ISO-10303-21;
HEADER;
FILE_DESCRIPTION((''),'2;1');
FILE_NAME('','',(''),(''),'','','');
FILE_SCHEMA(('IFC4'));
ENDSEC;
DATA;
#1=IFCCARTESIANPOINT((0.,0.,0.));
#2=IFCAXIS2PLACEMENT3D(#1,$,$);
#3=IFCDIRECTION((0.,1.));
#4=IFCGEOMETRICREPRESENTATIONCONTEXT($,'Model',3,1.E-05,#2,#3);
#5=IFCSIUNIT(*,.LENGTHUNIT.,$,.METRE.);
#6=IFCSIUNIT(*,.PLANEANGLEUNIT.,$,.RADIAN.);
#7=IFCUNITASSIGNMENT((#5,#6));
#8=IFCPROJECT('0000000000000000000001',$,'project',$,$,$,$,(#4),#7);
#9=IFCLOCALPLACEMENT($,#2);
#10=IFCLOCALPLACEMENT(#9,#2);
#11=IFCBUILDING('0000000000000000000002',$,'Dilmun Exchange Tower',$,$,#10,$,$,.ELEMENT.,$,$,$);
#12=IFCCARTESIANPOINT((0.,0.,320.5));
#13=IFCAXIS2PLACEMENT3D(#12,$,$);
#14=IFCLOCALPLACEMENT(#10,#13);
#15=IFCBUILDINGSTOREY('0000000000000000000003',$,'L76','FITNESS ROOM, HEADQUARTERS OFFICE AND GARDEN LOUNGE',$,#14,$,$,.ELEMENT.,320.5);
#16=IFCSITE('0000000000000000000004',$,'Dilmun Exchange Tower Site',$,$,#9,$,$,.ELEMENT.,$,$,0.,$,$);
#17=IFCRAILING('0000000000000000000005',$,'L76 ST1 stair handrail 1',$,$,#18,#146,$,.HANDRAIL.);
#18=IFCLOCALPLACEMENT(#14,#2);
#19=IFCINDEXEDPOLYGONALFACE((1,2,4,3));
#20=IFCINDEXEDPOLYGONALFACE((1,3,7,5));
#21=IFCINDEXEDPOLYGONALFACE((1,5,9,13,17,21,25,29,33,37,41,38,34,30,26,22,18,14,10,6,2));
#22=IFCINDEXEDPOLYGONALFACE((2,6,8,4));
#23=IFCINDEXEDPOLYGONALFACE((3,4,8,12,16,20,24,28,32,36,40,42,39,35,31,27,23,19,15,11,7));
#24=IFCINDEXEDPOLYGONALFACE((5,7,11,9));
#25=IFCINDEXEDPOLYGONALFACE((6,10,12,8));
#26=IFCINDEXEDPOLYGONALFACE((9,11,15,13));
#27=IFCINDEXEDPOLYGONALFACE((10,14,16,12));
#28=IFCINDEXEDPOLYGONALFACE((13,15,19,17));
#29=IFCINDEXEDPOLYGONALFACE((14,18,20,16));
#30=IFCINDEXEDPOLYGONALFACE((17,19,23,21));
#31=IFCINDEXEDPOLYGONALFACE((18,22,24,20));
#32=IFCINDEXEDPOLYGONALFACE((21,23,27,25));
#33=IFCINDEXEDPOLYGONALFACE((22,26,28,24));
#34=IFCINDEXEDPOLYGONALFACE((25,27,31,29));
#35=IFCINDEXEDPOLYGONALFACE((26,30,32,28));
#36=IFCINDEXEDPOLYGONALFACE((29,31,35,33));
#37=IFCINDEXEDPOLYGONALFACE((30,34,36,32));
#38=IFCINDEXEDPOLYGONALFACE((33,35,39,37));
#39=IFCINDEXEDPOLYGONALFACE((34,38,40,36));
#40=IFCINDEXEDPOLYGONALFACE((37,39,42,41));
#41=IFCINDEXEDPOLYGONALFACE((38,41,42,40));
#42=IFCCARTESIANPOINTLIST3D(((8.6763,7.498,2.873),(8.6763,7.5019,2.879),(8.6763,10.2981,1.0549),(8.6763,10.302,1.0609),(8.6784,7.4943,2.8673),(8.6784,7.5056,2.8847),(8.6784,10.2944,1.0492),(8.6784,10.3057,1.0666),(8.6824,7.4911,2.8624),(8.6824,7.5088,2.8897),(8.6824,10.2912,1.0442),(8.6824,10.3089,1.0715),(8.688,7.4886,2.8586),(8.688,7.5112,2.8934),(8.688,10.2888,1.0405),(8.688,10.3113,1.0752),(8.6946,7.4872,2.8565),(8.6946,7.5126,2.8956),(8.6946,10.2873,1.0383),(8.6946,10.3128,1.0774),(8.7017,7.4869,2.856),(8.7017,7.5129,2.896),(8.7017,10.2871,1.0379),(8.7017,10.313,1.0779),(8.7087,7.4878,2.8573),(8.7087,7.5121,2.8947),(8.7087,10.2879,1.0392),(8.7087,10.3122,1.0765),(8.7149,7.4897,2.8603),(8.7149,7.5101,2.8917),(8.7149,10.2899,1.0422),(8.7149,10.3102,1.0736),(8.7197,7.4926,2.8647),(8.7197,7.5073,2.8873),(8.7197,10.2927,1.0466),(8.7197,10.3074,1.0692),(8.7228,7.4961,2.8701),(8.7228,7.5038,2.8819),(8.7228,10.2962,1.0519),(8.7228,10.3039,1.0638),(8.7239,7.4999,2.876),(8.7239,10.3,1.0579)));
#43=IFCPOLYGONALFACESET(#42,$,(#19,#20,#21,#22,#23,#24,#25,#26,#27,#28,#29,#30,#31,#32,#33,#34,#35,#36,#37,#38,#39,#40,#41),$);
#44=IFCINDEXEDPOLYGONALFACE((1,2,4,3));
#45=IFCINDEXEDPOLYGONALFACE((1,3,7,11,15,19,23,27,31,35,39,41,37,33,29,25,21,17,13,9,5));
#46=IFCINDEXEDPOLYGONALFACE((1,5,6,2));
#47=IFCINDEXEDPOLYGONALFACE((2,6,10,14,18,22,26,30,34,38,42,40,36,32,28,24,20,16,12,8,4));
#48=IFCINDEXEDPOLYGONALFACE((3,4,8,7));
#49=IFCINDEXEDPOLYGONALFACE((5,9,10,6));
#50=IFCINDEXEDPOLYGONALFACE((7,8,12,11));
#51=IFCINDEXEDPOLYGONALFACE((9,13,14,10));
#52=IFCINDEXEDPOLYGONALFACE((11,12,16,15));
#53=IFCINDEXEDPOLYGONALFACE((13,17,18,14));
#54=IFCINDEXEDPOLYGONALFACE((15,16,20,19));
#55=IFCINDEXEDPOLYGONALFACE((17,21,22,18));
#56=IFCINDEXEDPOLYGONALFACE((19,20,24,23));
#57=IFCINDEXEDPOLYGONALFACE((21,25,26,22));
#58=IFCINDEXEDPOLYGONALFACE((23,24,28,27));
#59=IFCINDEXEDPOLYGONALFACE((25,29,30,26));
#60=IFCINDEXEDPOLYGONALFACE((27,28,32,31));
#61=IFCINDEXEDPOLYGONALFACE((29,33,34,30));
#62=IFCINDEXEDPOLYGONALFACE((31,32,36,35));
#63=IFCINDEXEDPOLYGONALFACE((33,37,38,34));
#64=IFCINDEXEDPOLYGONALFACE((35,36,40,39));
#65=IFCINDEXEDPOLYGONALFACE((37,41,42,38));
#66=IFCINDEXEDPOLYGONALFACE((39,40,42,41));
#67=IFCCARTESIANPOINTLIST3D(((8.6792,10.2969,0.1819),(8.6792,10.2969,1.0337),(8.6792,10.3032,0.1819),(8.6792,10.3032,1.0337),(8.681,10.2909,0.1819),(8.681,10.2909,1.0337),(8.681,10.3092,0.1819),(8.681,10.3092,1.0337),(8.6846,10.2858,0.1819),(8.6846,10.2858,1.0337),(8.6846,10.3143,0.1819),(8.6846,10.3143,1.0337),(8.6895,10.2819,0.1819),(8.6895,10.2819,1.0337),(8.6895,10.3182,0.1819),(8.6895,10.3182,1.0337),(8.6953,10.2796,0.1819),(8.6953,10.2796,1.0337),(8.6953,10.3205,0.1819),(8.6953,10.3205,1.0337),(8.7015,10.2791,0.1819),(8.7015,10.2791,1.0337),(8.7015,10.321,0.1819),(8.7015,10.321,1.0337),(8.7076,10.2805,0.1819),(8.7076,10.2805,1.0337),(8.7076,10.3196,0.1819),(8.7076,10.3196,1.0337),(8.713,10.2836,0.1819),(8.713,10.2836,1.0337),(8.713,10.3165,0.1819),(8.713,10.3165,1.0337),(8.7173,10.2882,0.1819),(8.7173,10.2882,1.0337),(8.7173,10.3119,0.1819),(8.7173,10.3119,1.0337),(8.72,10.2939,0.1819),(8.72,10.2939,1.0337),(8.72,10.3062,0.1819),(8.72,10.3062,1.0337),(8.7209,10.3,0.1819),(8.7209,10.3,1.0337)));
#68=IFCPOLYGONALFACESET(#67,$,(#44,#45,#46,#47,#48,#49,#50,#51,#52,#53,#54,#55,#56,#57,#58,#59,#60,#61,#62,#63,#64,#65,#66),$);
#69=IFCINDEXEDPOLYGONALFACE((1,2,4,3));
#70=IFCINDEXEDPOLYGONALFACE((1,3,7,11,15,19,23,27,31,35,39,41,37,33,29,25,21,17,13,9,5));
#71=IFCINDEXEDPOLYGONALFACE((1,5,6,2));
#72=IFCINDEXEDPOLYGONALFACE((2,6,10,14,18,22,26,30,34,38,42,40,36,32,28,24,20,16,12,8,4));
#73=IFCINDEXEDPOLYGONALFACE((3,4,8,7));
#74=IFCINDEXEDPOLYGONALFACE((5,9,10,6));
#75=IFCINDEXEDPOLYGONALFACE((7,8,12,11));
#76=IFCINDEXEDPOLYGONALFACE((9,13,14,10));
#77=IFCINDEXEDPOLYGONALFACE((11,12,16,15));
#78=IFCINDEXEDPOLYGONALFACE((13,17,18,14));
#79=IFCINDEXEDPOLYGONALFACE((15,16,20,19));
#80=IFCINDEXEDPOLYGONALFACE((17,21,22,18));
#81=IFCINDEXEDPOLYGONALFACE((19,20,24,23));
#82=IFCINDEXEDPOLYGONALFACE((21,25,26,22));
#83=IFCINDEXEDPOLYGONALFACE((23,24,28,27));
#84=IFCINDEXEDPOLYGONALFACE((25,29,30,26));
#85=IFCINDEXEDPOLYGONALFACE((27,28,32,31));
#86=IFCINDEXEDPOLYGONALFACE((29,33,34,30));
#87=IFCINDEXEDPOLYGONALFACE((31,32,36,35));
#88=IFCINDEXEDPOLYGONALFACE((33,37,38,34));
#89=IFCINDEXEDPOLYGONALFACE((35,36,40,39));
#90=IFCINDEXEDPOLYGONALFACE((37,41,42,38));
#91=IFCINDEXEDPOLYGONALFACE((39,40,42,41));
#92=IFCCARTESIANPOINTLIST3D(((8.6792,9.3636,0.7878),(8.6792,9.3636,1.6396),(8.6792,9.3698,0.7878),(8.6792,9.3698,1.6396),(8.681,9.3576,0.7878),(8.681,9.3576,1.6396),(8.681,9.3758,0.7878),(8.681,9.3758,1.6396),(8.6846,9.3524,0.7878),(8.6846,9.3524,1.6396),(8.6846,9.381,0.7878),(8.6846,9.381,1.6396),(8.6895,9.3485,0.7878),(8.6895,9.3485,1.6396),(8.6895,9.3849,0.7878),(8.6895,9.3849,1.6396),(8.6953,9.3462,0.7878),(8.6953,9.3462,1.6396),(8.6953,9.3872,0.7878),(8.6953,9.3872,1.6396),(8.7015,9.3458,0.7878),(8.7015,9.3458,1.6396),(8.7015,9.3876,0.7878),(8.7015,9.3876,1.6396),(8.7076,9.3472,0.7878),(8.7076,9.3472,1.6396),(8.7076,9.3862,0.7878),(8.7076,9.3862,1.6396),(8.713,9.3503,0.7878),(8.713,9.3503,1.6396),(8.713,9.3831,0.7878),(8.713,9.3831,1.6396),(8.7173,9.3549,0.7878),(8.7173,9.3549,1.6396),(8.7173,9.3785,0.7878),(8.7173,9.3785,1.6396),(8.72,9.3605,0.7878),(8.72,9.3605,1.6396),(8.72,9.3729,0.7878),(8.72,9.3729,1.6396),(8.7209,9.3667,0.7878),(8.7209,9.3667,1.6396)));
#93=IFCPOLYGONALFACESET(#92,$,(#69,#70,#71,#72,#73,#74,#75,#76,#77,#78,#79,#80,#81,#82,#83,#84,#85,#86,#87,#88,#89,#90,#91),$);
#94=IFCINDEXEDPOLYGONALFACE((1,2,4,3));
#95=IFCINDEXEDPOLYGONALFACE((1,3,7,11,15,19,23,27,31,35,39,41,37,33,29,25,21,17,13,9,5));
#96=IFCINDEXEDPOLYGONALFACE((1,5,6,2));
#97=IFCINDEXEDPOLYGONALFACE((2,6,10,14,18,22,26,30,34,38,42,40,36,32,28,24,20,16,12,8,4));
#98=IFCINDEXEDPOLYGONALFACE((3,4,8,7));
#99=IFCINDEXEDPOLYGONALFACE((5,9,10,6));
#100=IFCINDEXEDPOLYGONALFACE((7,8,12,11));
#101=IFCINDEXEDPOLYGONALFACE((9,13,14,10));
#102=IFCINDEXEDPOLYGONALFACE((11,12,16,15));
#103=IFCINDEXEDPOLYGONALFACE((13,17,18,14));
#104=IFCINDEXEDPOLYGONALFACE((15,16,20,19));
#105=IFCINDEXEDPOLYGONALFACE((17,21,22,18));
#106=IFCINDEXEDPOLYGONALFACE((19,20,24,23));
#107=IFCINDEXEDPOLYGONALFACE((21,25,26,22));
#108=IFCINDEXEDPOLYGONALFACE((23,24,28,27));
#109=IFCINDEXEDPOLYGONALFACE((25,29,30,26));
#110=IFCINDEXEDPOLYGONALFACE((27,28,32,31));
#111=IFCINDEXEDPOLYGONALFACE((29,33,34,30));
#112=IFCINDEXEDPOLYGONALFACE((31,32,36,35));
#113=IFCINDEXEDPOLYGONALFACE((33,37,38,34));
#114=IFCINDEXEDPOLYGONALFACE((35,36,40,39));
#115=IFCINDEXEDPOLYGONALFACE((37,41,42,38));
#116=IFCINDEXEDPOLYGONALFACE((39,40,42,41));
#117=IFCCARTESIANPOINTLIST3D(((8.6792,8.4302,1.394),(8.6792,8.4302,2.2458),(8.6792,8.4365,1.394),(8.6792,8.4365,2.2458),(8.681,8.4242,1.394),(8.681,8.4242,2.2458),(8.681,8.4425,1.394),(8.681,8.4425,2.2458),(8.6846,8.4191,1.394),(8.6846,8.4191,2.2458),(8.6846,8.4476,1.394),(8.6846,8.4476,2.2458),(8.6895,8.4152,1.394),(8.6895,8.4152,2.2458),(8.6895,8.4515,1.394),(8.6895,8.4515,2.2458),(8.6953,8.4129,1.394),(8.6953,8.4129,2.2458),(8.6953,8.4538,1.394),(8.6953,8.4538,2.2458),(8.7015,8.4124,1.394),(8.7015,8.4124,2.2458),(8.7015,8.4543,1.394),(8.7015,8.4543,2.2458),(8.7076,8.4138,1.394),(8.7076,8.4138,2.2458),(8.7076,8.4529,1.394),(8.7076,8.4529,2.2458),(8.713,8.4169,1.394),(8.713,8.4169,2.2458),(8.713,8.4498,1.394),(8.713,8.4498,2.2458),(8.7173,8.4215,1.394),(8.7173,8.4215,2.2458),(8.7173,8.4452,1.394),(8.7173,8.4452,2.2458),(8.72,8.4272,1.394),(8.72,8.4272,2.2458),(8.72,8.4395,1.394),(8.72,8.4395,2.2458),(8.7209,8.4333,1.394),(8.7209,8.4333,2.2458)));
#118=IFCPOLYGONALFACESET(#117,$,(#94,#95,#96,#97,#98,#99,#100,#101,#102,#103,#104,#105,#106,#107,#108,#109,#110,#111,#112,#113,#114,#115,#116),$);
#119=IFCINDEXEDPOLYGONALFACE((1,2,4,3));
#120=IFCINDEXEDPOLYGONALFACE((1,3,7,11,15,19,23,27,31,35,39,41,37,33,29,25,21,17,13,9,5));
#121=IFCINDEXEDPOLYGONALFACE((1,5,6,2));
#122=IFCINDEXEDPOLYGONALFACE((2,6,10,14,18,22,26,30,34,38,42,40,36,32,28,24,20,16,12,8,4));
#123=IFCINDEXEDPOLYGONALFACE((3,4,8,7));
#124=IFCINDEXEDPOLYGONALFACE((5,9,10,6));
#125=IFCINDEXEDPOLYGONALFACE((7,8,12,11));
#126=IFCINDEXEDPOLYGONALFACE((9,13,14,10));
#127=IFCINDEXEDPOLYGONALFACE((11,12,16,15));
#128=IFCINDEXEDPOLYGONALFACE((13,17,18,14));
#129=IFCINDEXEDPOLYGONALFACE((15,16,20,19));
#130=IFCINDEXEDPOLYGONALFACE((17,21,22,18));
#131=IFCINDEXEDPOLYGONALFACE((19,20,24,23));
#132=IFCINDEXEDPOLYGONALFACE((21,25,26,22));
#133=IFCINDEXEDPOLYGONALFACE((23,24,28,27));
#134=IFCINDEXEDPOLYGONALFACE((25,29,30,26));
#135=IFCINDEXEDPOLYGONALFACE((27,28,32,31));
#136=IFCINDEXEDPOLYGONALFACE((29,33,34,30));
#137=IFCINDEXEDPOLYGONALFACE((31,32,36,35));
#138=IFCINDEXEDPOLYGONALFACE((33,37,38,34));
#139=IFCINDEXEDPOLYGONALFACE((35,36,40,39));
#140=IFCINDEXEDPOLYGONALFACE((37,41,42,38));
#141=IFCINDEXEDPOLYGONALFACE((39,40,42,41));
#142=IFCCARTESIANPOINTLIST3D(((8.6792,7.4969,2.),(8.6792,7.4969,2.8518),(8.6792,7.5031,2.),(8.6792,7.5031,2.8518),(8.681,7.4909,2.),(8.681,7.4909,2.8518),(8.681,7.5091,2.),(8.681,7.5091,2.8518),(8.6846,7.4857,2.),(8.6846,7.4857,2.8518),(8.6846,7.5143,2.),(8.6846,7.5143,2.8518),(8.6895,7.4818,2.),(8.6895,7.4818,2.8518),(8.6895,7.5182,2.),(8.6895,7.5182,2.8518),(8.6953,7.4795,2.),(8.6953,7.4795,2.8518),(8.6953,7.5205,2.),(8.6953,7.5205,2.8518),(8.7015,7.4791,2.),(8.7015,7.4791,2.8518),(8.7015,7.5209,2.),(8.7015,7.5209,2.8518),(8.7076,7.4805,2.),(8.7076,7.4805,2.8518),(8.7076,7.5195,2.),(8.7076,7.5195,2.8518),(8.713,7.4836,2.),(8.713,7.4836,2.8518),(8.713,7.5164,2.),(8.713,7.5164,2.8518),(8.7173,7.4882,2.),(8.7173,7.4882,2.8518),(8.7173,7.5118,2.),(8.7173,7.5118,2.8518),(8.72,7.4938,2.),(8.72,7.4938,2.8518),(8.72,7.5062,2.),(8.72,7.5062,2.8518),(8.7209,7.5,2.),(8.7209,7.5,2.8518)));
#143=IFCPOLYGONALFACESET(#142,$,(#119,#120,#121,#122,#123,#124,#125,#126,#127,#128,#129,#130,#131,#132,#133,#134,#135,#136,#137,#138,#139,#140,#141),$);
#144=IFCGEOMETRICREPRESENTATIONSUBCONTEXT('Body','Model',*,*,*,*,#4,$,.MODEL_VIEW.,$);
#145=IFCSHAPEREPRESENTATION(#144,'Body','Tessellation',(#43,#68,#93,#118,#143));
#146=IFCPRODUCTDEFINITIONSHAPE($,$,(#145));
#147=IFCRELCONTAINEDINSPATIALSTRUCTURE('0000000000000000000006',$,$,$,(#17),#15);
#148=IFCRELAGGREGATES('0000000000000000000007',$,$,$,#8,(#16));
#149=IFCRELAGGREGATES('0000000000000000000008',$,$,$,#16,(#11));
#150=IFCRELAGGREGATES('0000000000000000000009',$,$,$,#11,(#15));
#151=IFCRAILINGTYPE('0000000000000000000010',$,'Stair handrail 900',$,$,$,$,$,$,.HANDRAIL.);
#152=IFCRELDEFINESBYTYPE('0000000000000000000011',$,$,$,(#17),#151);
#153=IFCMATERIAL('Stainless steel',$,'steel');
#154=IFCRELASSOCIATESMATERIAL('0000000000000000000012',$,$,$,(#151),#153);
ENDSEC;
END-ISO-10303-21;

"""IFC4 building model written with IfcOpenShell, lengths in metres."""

from ifc_helpers import new_model, si_unit, direction, frame, origin, origin_2d, place, context, subcontext, project, spatial, circle, extrude, material, type_object, element, save


model = new_model("IFC4")

# Units and contexts
model_context = context("Model", 3, precision=1e-05, world=origin(), true_north=direction((0.0, 1.0)))
body_context = subcontext(model_context, "Body", "Model", "MODEL_VIEW")
ifc_project = project(units=[si_unit("LENGTHUNIT", "METRE"), si_unit("PLANEANGLEUNIT", "RADIAN")], contexts=[model_context])

# Site, building, storey
site_placement = place(None, origin())
site = spatial("IfcSite", under=ifc_project, at=site_placement, Name="Dilmun Exchange Tower Site", CompositionType="ELEMENT", RefElevation=0.0)
building_placement = place(site_placement, origin())
building = spatial("IfcBuilding", under=site, at=building_placement, Name="Dilmun Exchange Tower", CompositionType="ELEMENT")
storey_placement = place(building_placement, frame((0.0, 0.0, 320.5)))
storey = spatial("IfcBuildingStorey", under=building, at=storey_placement, Name="L76", Description="FITNESS ROOM, HEADQUARTERS OFFICE AND GARDEN LOUNGE", CompositionType="ELEMENT", Elevation=320.5)

# Railing
ifc_material_1 = material(Name="Stainless steel", Category="steel")
railing_type = type_object("IfcRailingType", Name="Stair handrail 900", PredefinedType="HANDRAIL", material=ifc_material_1)
railing_1_placement = place(storey_placement, frame((8.7, 10.3, 0.1819)))
element("IfcRailing", 1, at=railing_1_placement, inside=storey, type_object=railing_type, Name="L76 ST1 stair handrail 1", PredefinedType="HANDRAIL", context=body_context, shape_type="SweptSolid", body=[
    extrude(circle(Radius=0.0239, at=origin_2d()), frame((0.0, 0.0, 0.876), z_axis=(0.0, -0.838706, 0.544585), x_axis=(1.0, 0.0, 0.0)), (0.0, 0.0, 1.0), 3.3386),
    extrude(circle(Radius=0.021, at=origin_2d()), origin(), (0.0, 0.0, 1.0), 0.8518),
    extrude(circle(Radius=0.021, at=origin_2d()), frame((0.0, -0.9333, 0.606)), (0.0, 0.0, 1.0), 0.8518),
    extrude(circle(Radius=0.021, at=origin_2d()), frame((0.0, -1.8667, 1.2122)), (0.0, 0.0, 1.0), 0.8518),
    extrude(circle(Radius=0.021, at=origin_2d()), frame((0.0, -2.8, 1.8181)), (0.0, 0.0, 1.0), 0.8518),
])

save(model, "model.ifc")
